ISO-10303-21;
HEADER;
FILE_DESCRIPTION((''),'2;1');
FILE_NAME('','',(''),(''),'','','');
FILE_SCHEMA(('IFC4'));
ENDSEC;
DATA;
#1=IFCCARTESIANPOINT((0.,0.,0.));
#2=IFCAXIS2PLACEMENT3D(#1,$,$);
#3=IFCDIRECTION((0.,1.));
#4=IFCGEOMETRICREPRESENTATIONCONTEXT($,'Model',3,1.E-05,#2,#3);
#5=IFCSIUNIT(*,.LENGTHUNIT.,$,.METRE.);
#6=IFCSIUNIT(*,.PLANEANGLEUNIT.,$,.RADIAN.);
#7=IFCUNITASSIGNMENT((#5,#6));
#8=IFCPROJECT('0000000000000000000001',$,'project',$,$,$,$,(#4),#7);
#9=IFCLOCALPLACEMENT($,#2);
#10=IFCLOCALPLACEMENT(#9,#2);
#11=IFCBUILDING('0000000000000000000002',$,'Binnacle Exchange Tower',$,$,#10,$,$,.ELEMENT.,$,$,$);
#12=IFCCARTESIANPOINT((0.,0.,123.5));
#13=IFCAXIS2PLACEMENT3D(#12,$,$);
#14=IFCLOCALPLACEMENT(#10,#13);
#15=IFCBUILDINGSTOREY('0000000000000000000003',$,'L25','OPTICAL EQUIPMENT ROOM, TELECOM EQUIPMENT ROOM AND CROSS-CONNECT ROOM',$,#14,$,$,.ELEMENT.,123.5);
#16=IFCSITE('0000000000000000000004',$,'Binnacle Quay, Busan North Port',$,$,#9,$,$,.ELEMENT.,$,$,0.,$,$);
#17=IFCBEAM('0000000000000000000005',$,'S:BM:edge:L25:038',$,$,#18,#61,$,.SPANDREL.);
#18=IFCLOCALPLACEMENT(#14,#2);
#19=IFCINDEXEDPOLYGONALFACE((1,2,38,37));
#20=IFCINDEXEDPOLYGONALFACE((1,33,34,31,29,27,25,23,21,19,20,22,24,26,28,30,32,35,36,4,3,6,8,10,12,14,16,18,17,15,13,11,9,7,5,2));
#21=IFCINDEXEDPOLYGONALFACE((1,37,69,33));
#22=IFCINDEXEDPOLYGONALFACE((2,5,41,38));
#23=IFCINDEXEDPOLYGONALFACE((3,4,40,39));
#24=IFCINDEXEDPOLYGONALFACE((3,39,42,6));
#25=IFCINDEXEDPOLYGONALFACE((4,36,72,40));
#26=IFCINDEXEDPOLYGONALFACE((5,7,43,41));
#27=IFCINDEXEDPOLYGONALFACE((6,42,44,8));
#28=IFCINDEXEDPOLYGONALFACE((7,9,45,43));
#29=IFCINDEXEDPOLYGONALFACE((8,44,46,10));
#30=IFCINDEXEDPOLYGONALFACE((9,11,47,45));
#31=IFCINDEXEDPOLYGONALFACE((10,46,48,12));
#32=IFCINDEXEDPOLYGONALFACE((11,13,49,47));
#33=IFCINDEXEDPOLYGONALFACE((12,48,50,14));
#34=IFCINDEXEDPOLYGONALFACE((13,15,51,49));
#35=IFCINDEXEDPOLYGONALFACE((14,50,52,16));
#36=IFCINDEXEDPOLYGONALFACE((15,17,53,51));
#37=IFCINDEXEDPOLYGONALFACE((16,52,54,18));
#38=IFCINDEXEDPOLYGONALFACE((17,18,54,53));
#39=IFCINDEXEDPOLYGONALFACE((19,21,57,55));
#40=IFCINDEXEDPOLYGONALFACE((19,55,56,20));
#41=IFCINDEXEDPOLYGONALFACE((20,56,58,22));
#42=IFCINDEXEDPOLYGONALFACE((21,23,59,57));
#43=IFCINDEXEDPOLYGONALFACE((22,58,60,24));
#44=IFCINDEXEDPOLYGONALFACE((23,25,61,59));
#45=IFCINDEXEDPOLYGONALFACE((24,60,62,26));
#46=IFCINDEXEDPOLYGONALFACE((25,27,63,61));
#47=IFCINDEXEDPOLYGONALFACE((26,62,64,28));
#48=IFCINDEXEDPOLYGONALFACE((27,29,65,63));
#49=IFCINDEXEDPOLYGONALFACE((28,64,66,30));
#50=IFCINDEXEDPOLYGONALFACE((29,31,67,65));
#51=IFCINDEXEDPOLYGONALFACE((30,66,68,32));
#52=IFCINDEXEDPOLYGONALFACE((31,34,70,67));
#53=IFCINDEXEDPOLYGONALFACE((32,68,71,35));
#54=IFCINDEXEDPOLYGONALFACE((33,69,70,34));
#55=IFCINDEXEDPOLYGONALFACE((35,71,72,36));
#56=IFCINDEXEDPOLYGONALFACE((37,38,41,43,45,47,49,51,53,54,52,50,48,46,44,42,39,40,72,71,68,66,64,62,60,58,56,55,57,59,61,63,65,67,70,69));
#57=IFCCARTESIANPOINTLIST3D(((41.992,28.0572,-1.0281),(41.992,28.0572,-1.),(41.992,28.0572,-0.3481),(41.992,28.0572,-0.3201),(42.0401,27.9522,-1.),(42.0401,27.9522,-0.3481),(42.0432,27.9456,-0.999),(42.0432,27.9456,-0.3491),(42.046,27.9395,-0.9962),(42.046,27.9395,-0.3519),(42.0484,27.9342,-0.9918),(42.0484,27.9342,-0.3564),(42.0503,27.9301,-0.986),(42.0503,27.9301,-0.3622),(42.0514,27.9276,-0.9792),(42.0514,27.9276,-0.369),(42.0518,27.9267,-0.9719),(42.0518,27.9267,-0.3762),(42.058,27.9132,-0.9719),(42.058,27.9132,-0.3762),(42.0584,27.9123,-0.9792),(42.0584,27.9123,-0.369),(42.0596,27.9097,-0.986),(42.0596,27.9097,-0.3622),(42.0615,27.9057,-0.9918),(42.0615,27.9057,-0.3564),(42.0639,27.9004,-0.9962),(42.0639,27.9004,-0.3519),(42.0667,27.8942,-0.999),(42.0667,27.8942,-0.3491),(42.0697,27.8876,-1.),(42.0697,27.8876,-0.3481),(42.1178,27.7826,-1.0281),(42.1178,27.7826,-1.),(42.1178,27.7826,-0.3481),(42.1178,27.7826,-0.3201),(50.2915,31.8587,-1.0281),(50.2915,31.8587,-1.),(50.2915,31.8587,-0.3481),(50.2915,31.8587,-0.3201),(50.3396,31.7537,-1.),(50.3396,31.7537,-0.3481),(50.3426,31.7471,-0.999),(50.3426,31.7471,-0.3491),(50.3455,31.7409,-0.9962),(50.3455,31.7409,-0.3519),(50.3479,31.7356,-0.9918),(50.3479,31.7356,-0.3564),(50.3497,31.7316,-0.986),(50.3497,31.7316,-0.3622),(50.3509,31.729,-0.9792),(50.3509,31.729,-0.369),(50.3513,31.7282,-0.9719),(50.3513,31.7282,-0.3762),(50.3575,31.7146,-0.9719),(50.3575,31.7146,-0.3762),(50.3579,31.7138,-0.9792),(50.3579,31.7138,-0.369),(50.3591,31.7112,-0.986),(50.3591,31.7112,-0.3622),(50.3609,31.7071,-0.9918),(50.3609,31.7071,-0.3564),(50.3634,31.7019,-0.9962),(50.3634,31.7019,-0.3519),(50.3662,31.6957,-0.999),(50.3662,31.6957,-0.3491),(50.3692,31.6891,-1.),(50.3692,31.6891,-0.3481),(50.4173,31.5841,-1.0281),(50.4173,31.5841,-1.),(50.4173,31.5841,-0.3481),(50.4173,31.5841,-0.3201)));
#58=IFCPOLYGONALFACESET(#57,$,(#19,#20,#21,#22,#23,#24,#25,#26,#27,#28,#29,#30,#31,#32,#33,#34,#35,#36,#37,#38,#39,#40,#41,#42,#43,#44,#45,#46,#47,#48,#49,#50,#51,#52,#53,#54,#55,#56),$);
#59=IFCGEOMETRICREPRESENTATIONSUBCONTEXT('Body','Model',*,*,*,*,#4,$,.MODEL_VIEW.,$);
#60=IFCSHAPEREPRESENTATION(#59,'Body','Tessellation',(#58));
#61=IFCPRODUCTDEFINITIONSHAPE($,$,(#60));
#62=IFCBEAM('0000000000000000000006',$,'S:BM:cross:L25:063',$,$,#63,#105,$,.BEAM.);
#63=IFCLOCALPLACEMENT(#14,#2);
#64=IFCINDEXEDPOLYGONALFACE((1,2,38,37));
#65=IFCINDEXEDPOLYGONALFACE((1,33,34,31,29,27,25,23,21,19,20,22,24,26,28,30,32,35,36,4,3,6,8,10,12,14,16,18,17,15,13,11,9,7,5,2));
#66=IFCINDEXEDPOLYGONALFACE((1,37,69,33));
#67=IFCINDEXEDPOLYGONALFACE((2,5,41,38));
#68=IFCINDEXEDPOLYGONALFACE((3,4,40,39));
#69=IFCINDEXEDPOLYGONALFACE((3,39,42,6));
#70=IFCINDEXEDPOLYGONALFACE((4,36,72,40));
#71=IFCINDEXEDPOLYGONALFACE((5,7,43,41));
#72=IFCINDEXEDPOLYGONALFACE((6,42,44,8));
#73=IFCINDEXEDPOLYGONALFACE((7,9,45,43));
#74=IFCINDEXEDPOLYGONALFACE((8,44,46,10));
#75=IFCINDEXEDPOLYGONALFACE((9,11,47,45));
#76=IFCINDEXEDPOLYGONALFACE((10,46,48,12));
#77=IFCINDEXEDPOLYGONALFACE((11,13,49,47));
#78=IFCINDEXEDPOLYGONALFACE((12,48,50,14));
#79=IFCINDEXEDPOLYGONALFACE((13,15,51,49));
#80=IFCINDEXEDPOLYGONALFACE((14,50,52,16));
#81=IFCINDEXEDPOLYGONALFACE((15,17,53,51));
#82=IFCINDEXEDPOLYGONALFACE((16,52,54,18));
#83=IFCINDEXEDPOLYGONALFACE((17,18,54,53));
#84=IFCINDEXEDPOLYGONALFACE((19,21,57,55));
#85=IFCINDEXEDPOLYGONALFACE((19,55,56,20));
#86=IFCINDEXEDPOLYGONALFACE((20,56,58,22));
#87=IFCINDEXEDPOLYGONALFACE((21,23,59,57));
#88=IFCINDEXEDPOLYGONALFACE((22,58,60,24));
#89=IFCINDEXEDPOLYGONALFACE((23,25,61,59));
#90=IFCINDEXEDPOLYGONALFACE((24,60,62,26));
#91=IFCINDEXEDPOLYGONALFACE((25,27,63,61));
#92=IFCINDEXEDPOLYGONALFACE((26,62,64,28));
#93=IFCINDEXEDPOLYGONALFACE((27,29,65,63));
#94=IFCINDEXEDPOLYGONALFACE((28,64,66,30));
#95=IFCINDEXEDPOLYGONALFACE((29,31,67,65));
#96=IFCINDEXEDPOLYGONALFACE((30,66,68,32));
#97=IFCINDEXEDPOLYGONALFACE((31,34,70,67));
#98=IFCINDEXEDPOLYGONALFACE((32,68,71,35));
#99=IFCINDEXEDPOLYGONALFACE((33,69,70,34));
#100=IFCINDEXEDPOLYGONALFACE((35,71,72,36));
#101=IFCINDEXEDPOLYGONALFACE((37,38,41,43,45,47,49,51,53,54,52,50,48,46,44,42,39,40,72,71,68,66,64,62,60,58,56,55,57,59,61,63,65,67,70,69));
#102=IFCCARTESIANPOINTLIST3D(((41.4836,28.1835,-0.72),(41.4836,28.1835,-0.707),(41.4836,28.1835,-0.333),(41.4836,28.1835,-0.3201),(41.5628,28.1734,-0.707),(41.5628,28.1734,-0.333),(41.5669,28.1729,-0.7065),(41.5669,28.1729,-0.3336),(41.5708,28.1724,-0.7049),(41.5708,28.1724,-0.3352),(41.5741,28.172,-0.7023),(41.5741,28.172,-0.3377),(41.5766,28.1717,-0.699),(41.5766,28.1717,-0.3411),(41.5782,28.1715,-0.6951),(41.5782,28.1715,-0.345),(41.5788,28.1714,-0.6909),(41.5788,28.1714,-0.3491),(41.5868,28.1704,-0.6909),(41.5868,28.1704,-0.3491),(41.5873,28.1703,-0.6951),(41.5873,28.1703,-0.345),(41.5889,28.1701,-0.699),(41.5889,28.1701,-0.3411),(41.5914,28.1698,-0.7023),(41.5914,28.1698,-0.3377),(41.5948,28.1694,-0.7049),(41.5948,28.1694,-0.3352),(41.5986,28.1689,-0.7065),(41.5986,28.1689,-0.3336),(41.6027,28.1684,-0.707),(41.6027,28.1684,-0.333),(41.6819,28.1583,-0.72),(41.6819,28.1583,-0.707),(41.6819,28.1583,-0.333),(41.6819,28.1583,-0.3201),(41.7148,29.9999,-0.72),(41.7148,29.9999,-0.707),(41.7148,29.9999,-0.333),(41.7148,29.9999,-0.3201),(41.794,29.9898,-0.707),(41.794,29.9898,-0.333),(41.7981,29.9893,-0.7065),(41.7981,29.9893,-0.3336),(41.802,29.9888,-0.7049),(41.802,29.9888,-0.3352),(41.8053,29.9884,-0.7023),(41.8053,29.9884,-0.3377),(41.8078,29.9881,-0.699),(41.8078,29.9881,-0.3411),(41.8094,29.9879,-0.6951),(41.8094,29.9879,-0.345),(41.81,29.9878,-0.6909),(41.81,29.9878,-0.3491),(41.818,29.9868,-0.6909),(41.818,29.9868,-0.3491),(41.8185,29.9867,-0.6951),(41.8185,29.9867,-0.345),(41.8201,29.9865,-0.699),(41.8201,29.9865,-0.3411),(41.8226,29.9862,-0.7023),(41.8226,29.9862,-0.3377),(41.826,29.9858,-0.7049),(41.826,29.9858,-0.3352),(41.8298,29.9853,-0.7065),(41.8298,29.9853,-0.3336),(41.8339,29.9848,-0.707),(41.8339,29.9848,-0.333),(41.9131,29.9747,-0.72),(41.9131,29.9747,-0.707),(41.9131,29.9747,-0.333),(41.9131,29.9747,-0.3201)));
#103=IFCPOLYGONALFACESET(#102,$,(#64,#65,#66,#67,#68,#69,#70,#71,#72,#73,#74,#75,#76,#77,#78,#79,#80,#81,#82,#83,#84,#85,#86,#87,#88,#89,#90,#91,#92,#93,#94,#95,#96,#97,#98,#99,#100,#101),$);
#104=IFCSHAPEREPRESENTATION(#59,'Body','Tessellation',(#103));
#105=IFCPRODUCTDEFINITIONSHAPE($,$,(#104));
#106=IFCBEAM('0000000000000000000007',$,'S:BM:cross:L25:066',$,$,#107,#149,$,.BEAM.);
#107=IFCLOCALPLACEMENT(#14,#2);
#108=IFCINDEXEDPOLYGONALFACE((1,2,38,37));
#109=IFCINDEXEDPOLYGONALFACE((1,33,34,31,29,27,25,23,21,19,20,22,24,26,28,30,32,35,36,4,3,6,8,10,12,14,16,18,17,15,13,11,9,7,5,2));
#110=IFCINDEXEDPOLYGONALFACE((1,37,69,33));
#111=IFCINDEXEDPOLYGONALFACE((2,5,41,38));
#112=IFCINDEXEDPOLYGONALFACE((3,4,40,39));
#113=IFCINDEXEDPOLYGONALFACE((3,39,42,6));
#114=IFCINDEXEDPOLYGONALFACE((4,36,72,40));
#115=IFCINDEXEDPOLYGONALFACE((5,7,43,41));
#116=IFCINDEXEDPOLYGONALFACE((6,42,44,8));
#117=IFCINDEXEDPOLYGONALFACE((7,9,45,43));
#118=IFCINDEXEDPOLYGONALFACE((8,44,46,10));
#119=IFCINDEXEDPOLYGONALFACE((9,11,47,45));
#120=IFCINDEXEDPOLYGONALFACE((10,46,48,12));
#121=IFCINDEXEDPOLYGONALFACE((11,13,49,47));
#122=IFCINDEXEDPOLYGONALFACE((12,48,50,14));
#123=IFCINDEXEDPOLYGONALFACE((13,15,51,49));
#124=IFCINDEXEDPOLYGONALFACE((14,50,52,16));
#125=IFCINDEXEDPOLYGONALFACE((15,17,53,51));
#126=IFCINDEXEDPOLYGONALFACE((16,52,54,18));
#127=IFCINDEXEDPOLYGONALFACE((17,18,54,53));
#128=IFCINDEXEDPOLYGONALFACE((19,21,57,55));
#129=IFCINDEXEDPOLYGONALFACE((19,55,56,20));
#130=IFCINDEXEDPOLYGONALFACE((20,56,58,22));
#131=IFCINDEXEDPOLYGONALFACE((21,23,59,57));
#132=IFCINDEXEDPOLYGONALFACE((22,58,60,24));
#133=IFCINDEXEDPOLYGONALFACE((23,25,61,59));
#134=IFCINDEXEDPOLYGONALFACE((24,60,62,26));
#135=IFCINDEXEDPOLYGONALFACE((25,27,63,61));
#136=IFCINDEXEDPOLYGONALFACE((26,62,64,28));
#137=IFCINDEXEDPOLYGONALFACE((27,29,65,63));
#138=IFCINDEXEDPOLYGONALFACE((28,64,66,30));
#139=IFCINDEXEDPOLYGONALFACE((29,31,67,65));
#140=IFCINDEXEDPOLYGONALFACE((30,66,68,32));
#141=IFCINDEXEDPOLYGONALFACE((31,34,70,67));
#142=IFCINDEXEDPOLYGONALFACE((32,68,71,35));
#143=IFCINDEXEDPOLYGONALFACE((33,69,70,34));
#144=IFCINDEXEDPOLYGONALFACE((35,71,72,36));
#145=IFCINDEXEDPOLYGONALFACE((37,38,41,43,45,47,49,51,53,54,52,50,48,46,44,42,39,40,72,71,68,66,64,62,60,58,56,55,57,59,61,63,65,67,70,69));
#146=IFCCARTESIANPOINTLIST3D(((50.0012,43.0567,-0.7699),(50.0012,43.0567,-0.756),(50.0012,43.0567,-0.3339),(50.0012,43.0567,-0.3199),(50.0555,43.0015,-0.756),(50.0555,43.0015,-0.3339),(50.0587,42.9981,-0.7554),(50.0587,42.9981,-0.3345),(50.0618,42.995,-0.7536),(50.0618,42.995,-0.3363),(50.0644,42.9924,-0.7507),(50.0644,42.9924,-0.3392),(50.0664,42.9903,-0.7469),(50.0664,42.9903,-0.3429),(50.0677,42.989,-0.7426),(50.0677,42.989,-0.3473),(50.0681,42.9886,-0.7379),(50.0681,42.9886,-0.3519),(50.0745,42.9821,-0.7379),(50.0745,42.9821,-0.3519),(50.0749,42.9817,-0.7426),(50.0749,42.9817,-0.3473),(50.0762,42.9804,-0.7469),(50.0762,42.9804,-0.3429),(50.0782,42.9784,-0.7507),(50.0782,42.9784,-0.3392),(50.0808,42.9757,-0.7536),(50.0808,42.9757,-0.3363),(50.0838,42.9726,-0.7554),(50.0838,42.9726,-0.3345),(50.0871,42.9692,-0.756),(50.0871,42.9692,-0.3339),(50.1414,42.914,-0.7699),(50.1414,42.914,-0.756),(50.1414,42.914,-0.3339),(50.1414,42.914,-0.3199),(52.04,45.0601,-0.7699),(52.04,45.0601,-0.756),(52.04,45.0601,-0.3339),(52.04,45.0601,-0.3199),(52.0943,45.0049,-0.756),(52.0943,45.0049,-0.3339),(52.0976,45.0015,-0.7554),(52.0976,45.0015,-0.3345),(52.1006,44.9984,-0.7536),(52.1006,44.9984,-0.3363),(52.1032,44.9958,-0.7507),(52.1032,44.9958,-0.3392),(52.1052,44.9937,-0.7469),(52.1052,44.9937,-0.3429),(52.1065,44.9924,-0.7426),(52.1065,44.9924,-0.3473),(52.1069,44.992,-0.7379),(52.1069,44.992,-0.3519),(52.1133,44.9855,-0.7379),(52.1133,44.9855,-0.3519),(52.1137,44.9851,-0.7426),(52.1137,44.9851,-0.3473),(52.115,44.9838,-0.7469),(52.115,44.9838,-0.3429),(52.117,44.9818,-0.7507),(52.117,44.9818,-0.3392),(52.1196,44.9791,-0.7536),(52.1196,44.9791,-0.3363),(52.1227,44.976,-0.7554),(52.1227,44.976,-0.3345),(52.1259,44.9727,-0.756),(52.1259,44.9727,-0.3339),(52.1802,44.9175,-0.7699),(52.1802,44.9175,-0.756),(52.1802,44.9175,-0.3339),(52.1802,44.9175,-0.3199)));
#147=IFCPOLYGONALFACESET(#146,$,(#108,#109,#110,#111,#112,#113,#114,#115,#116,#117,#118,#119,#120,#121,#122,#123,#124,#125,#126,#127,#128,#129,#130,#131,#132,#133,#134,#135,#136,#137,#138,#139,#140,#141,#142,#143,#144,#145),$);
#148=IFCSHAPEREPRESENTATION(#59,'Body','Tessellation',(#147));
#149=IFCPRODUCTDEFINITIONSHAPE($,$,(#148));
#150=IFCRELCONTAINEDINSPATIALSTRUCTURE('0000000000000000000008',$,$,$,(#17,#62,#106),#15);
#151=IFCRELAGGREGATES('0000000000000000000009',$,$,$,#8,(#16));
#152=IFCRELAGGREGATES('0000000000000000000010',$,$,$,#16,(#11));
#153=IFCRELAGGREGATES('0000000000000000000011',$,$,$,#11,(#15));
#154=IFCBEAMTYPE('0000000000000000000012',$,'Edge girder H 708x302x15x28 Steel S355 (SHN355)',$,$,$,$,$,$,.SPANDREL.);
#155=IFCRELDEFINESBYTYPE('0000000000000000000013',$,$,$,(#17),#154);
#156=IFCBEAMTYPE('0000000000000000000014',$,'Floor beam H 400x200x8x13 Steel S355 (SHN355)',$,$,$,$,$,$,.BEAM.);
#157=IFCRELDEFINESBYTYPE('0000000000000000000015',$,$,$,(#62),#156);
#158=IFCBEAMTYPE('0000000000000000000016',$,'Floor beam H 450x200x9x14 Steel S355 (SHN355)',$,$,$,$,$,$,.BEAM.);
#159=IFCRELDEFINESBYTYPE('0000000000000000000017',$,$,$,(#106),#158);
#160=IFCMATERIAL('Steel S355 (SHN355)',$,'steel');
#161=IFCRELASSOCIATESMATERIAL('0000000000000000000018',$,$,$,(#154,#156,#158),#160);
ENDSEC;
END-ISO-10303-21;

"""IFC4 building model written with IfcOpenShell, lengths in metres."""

from ifc_helpers import new_model, si_unit, direction, frame, origin, origin_2d, place, context, subcontext, project, spatial, i_section, extrude, material, material_profile, profile_set, type_object, element, save


model = new_model("IFC4")

# Units and contexts
model_context = context("Model", 3, precision=1e-05, world=origin(), true_north=direction((0.0, 1.0)))
body_context = subcontext(model_context, "Body", "Model", "MODEL_VIEW")
ifc_project = project(units=[si_unit("LENGTHUNIT", "METRE"), si_unit("PLANEANGLEUNIT", "RADIAN")], contexts=[model_context])

# Site, building, storey
site_placement = place(None, origin())
site = spatial("IfcSite", under=ifc_project, at=site_placement, Name="Binnacle Quay, Busan North Port", CompositionType="ELEMENT", RefElevation=0.0)
building_placement = place(site_placement, origin())
building = spatial("IfcBuilding", under=site, at=building_placement, Name="Binnacle Exchange Tower", CompositionType="ELEMENT")
storey_placement = place(building_placement, frame((0.0, 0.0, 123.5)))
storey = spatial("IfcBuildingStorey", under=building, at=storey_placement, Name="L25", Description="OPTICAL EQUIPMENT ROOM, TELECOM EQUIPMENT ROOM AND CROSS-CONNECT ROOM", CompositionType="ELEMENT", Elevation=123.5)

# Beams
ifc_material_1 = material(Name="Steel S355 (SHN355)", Category="steel")
ifc_material_profile_1 = material_profile(ifc_material_1, i_section(OverallWidth=0.302, OverallDepth=0.708, WebThickness=0.0149, FlangeThickness=0.0281, FilletRadius=0.0281, at=origin_2d()), Name="H 708x302x15x28")
ifc_profile_set_1 = profile_set([ifc_material_profile_1], Name="Steel S355 (SHN355)")
beam_type_1 = type_object("IfcBeamType", Name="Edge girder H 708x302x15x28 Steel S355 (SHN355)", PredefinedType="SPANDREL", material=ifc_profile_set_1)
beam_1_placement = place(storey_placement, frame((42.0549, 27.9199, -0.6741), z_axis=(0.909167, 0.416433, 0.0), x_axis=(-0.416433, 0.909167, 0.0)))
element("IfcBeam", 1, at=beam_1_placement, inside=storey, type_object=beam_type_1, Name="S:BM:edge:L25:038", PredefinedType="SPANDREL", context=body_context, shape_type="SweptSolid", body=[
    extrude(i_section(OverallWidth=0.302, OverallDepth=0.708, WebThickness=0.0149, FlangeThickness=0.0281, FilletRadius=0.0281, at=origin_2d()), origin(), (0.0, 0.0, 1.0), 9.1287),
])
ifc_material_profile_2 = material_profile(ifc_material_1, i_section(OverallWidth=0.2, OverallDepth=0.3999, WebThickness=0.0081, FlangeThickness=0.0129, FilletRadius=0.0161, at=origin_2d()), Name="H 400x200x8x13")
ifc_profile_set_2 = profile_set([ifc_material_profile_2], Name="Steel S355 (SHN355)")
beam_type_2 = type_object("IfcBeamType", Name="Floor beam H 400x200x8x13 Steel S355 (SHN355)", PredefinedType="BEAM", material=ifc_profile_set_2)
beam_2_placement = place(storey_placement, frame((41.5828, 28.1709, -0.52), z_axis=(0.126266, 0.991996, 0.0), x_axis=(-0.991996, 0.126266, 0.0)))
element("IfcBeam", 2, at=beam_2_placement, inside=storey, type_object=beam_type_2, Name="S:BM:cross:L25:063", PredefinedType="BEAM", context=body_context, shape_type="SweptSolid", body=[
    extrude(i_section(OverallWidth=0.2, OverallDepth=0.3999, WebThickness=0.0081, FlangeThickness=0.0129, FilletRadius=0.0161, at=origin_2d()), origin(), (0.0, 0.0, 1.0), 1.8311),
])
ifc_material_profile_3 = material_profile(ifc_material_1, i_section(OverallWidth=0.2, OverallDepth=0.45, WebThickness=0.009, FlangeThickness=0.0139, FilletRadius=0.0181, at=origin_2d()), Name="H 450x200x9x14")
ifc_profile_set_3 = profile_set([ifc_material_profile_3], Name="Steel S355 (SHN355)")
beam_type_3 = type_object("IfcBeamType", Name="Floor beam H 450x200x9x14 Steel S355 (SHN355)", PredefinedType="BEAM", material=ifc_profile_set_3)
beam_3_placement = place(storey_placement, frame((52.1101, 44.9888, -0.5449), z_axis=(-0.713272, -0.700887, 0.0), x_axis=(0.700887, -0.713272, 0.0)))
element("IfcBeam", 3, at=beam_3_placement, inside=storey, type_object=beam_type_3, Name="S:BM:cross:L25:066", PredefinedType="BEAM", context=body_context, shape_type="SweptSolid", body=[
    extrude(i_section(OverallWidth=0.2, OverallDepth=0.45, WebThickness=0.009, FlangeThickness=0.0139, FilletRadius=0.0181, at=origin_2d()), origin(), (0.0, 0.0, 1.0), 2.8584),
])

save(model, "model.ifc")
